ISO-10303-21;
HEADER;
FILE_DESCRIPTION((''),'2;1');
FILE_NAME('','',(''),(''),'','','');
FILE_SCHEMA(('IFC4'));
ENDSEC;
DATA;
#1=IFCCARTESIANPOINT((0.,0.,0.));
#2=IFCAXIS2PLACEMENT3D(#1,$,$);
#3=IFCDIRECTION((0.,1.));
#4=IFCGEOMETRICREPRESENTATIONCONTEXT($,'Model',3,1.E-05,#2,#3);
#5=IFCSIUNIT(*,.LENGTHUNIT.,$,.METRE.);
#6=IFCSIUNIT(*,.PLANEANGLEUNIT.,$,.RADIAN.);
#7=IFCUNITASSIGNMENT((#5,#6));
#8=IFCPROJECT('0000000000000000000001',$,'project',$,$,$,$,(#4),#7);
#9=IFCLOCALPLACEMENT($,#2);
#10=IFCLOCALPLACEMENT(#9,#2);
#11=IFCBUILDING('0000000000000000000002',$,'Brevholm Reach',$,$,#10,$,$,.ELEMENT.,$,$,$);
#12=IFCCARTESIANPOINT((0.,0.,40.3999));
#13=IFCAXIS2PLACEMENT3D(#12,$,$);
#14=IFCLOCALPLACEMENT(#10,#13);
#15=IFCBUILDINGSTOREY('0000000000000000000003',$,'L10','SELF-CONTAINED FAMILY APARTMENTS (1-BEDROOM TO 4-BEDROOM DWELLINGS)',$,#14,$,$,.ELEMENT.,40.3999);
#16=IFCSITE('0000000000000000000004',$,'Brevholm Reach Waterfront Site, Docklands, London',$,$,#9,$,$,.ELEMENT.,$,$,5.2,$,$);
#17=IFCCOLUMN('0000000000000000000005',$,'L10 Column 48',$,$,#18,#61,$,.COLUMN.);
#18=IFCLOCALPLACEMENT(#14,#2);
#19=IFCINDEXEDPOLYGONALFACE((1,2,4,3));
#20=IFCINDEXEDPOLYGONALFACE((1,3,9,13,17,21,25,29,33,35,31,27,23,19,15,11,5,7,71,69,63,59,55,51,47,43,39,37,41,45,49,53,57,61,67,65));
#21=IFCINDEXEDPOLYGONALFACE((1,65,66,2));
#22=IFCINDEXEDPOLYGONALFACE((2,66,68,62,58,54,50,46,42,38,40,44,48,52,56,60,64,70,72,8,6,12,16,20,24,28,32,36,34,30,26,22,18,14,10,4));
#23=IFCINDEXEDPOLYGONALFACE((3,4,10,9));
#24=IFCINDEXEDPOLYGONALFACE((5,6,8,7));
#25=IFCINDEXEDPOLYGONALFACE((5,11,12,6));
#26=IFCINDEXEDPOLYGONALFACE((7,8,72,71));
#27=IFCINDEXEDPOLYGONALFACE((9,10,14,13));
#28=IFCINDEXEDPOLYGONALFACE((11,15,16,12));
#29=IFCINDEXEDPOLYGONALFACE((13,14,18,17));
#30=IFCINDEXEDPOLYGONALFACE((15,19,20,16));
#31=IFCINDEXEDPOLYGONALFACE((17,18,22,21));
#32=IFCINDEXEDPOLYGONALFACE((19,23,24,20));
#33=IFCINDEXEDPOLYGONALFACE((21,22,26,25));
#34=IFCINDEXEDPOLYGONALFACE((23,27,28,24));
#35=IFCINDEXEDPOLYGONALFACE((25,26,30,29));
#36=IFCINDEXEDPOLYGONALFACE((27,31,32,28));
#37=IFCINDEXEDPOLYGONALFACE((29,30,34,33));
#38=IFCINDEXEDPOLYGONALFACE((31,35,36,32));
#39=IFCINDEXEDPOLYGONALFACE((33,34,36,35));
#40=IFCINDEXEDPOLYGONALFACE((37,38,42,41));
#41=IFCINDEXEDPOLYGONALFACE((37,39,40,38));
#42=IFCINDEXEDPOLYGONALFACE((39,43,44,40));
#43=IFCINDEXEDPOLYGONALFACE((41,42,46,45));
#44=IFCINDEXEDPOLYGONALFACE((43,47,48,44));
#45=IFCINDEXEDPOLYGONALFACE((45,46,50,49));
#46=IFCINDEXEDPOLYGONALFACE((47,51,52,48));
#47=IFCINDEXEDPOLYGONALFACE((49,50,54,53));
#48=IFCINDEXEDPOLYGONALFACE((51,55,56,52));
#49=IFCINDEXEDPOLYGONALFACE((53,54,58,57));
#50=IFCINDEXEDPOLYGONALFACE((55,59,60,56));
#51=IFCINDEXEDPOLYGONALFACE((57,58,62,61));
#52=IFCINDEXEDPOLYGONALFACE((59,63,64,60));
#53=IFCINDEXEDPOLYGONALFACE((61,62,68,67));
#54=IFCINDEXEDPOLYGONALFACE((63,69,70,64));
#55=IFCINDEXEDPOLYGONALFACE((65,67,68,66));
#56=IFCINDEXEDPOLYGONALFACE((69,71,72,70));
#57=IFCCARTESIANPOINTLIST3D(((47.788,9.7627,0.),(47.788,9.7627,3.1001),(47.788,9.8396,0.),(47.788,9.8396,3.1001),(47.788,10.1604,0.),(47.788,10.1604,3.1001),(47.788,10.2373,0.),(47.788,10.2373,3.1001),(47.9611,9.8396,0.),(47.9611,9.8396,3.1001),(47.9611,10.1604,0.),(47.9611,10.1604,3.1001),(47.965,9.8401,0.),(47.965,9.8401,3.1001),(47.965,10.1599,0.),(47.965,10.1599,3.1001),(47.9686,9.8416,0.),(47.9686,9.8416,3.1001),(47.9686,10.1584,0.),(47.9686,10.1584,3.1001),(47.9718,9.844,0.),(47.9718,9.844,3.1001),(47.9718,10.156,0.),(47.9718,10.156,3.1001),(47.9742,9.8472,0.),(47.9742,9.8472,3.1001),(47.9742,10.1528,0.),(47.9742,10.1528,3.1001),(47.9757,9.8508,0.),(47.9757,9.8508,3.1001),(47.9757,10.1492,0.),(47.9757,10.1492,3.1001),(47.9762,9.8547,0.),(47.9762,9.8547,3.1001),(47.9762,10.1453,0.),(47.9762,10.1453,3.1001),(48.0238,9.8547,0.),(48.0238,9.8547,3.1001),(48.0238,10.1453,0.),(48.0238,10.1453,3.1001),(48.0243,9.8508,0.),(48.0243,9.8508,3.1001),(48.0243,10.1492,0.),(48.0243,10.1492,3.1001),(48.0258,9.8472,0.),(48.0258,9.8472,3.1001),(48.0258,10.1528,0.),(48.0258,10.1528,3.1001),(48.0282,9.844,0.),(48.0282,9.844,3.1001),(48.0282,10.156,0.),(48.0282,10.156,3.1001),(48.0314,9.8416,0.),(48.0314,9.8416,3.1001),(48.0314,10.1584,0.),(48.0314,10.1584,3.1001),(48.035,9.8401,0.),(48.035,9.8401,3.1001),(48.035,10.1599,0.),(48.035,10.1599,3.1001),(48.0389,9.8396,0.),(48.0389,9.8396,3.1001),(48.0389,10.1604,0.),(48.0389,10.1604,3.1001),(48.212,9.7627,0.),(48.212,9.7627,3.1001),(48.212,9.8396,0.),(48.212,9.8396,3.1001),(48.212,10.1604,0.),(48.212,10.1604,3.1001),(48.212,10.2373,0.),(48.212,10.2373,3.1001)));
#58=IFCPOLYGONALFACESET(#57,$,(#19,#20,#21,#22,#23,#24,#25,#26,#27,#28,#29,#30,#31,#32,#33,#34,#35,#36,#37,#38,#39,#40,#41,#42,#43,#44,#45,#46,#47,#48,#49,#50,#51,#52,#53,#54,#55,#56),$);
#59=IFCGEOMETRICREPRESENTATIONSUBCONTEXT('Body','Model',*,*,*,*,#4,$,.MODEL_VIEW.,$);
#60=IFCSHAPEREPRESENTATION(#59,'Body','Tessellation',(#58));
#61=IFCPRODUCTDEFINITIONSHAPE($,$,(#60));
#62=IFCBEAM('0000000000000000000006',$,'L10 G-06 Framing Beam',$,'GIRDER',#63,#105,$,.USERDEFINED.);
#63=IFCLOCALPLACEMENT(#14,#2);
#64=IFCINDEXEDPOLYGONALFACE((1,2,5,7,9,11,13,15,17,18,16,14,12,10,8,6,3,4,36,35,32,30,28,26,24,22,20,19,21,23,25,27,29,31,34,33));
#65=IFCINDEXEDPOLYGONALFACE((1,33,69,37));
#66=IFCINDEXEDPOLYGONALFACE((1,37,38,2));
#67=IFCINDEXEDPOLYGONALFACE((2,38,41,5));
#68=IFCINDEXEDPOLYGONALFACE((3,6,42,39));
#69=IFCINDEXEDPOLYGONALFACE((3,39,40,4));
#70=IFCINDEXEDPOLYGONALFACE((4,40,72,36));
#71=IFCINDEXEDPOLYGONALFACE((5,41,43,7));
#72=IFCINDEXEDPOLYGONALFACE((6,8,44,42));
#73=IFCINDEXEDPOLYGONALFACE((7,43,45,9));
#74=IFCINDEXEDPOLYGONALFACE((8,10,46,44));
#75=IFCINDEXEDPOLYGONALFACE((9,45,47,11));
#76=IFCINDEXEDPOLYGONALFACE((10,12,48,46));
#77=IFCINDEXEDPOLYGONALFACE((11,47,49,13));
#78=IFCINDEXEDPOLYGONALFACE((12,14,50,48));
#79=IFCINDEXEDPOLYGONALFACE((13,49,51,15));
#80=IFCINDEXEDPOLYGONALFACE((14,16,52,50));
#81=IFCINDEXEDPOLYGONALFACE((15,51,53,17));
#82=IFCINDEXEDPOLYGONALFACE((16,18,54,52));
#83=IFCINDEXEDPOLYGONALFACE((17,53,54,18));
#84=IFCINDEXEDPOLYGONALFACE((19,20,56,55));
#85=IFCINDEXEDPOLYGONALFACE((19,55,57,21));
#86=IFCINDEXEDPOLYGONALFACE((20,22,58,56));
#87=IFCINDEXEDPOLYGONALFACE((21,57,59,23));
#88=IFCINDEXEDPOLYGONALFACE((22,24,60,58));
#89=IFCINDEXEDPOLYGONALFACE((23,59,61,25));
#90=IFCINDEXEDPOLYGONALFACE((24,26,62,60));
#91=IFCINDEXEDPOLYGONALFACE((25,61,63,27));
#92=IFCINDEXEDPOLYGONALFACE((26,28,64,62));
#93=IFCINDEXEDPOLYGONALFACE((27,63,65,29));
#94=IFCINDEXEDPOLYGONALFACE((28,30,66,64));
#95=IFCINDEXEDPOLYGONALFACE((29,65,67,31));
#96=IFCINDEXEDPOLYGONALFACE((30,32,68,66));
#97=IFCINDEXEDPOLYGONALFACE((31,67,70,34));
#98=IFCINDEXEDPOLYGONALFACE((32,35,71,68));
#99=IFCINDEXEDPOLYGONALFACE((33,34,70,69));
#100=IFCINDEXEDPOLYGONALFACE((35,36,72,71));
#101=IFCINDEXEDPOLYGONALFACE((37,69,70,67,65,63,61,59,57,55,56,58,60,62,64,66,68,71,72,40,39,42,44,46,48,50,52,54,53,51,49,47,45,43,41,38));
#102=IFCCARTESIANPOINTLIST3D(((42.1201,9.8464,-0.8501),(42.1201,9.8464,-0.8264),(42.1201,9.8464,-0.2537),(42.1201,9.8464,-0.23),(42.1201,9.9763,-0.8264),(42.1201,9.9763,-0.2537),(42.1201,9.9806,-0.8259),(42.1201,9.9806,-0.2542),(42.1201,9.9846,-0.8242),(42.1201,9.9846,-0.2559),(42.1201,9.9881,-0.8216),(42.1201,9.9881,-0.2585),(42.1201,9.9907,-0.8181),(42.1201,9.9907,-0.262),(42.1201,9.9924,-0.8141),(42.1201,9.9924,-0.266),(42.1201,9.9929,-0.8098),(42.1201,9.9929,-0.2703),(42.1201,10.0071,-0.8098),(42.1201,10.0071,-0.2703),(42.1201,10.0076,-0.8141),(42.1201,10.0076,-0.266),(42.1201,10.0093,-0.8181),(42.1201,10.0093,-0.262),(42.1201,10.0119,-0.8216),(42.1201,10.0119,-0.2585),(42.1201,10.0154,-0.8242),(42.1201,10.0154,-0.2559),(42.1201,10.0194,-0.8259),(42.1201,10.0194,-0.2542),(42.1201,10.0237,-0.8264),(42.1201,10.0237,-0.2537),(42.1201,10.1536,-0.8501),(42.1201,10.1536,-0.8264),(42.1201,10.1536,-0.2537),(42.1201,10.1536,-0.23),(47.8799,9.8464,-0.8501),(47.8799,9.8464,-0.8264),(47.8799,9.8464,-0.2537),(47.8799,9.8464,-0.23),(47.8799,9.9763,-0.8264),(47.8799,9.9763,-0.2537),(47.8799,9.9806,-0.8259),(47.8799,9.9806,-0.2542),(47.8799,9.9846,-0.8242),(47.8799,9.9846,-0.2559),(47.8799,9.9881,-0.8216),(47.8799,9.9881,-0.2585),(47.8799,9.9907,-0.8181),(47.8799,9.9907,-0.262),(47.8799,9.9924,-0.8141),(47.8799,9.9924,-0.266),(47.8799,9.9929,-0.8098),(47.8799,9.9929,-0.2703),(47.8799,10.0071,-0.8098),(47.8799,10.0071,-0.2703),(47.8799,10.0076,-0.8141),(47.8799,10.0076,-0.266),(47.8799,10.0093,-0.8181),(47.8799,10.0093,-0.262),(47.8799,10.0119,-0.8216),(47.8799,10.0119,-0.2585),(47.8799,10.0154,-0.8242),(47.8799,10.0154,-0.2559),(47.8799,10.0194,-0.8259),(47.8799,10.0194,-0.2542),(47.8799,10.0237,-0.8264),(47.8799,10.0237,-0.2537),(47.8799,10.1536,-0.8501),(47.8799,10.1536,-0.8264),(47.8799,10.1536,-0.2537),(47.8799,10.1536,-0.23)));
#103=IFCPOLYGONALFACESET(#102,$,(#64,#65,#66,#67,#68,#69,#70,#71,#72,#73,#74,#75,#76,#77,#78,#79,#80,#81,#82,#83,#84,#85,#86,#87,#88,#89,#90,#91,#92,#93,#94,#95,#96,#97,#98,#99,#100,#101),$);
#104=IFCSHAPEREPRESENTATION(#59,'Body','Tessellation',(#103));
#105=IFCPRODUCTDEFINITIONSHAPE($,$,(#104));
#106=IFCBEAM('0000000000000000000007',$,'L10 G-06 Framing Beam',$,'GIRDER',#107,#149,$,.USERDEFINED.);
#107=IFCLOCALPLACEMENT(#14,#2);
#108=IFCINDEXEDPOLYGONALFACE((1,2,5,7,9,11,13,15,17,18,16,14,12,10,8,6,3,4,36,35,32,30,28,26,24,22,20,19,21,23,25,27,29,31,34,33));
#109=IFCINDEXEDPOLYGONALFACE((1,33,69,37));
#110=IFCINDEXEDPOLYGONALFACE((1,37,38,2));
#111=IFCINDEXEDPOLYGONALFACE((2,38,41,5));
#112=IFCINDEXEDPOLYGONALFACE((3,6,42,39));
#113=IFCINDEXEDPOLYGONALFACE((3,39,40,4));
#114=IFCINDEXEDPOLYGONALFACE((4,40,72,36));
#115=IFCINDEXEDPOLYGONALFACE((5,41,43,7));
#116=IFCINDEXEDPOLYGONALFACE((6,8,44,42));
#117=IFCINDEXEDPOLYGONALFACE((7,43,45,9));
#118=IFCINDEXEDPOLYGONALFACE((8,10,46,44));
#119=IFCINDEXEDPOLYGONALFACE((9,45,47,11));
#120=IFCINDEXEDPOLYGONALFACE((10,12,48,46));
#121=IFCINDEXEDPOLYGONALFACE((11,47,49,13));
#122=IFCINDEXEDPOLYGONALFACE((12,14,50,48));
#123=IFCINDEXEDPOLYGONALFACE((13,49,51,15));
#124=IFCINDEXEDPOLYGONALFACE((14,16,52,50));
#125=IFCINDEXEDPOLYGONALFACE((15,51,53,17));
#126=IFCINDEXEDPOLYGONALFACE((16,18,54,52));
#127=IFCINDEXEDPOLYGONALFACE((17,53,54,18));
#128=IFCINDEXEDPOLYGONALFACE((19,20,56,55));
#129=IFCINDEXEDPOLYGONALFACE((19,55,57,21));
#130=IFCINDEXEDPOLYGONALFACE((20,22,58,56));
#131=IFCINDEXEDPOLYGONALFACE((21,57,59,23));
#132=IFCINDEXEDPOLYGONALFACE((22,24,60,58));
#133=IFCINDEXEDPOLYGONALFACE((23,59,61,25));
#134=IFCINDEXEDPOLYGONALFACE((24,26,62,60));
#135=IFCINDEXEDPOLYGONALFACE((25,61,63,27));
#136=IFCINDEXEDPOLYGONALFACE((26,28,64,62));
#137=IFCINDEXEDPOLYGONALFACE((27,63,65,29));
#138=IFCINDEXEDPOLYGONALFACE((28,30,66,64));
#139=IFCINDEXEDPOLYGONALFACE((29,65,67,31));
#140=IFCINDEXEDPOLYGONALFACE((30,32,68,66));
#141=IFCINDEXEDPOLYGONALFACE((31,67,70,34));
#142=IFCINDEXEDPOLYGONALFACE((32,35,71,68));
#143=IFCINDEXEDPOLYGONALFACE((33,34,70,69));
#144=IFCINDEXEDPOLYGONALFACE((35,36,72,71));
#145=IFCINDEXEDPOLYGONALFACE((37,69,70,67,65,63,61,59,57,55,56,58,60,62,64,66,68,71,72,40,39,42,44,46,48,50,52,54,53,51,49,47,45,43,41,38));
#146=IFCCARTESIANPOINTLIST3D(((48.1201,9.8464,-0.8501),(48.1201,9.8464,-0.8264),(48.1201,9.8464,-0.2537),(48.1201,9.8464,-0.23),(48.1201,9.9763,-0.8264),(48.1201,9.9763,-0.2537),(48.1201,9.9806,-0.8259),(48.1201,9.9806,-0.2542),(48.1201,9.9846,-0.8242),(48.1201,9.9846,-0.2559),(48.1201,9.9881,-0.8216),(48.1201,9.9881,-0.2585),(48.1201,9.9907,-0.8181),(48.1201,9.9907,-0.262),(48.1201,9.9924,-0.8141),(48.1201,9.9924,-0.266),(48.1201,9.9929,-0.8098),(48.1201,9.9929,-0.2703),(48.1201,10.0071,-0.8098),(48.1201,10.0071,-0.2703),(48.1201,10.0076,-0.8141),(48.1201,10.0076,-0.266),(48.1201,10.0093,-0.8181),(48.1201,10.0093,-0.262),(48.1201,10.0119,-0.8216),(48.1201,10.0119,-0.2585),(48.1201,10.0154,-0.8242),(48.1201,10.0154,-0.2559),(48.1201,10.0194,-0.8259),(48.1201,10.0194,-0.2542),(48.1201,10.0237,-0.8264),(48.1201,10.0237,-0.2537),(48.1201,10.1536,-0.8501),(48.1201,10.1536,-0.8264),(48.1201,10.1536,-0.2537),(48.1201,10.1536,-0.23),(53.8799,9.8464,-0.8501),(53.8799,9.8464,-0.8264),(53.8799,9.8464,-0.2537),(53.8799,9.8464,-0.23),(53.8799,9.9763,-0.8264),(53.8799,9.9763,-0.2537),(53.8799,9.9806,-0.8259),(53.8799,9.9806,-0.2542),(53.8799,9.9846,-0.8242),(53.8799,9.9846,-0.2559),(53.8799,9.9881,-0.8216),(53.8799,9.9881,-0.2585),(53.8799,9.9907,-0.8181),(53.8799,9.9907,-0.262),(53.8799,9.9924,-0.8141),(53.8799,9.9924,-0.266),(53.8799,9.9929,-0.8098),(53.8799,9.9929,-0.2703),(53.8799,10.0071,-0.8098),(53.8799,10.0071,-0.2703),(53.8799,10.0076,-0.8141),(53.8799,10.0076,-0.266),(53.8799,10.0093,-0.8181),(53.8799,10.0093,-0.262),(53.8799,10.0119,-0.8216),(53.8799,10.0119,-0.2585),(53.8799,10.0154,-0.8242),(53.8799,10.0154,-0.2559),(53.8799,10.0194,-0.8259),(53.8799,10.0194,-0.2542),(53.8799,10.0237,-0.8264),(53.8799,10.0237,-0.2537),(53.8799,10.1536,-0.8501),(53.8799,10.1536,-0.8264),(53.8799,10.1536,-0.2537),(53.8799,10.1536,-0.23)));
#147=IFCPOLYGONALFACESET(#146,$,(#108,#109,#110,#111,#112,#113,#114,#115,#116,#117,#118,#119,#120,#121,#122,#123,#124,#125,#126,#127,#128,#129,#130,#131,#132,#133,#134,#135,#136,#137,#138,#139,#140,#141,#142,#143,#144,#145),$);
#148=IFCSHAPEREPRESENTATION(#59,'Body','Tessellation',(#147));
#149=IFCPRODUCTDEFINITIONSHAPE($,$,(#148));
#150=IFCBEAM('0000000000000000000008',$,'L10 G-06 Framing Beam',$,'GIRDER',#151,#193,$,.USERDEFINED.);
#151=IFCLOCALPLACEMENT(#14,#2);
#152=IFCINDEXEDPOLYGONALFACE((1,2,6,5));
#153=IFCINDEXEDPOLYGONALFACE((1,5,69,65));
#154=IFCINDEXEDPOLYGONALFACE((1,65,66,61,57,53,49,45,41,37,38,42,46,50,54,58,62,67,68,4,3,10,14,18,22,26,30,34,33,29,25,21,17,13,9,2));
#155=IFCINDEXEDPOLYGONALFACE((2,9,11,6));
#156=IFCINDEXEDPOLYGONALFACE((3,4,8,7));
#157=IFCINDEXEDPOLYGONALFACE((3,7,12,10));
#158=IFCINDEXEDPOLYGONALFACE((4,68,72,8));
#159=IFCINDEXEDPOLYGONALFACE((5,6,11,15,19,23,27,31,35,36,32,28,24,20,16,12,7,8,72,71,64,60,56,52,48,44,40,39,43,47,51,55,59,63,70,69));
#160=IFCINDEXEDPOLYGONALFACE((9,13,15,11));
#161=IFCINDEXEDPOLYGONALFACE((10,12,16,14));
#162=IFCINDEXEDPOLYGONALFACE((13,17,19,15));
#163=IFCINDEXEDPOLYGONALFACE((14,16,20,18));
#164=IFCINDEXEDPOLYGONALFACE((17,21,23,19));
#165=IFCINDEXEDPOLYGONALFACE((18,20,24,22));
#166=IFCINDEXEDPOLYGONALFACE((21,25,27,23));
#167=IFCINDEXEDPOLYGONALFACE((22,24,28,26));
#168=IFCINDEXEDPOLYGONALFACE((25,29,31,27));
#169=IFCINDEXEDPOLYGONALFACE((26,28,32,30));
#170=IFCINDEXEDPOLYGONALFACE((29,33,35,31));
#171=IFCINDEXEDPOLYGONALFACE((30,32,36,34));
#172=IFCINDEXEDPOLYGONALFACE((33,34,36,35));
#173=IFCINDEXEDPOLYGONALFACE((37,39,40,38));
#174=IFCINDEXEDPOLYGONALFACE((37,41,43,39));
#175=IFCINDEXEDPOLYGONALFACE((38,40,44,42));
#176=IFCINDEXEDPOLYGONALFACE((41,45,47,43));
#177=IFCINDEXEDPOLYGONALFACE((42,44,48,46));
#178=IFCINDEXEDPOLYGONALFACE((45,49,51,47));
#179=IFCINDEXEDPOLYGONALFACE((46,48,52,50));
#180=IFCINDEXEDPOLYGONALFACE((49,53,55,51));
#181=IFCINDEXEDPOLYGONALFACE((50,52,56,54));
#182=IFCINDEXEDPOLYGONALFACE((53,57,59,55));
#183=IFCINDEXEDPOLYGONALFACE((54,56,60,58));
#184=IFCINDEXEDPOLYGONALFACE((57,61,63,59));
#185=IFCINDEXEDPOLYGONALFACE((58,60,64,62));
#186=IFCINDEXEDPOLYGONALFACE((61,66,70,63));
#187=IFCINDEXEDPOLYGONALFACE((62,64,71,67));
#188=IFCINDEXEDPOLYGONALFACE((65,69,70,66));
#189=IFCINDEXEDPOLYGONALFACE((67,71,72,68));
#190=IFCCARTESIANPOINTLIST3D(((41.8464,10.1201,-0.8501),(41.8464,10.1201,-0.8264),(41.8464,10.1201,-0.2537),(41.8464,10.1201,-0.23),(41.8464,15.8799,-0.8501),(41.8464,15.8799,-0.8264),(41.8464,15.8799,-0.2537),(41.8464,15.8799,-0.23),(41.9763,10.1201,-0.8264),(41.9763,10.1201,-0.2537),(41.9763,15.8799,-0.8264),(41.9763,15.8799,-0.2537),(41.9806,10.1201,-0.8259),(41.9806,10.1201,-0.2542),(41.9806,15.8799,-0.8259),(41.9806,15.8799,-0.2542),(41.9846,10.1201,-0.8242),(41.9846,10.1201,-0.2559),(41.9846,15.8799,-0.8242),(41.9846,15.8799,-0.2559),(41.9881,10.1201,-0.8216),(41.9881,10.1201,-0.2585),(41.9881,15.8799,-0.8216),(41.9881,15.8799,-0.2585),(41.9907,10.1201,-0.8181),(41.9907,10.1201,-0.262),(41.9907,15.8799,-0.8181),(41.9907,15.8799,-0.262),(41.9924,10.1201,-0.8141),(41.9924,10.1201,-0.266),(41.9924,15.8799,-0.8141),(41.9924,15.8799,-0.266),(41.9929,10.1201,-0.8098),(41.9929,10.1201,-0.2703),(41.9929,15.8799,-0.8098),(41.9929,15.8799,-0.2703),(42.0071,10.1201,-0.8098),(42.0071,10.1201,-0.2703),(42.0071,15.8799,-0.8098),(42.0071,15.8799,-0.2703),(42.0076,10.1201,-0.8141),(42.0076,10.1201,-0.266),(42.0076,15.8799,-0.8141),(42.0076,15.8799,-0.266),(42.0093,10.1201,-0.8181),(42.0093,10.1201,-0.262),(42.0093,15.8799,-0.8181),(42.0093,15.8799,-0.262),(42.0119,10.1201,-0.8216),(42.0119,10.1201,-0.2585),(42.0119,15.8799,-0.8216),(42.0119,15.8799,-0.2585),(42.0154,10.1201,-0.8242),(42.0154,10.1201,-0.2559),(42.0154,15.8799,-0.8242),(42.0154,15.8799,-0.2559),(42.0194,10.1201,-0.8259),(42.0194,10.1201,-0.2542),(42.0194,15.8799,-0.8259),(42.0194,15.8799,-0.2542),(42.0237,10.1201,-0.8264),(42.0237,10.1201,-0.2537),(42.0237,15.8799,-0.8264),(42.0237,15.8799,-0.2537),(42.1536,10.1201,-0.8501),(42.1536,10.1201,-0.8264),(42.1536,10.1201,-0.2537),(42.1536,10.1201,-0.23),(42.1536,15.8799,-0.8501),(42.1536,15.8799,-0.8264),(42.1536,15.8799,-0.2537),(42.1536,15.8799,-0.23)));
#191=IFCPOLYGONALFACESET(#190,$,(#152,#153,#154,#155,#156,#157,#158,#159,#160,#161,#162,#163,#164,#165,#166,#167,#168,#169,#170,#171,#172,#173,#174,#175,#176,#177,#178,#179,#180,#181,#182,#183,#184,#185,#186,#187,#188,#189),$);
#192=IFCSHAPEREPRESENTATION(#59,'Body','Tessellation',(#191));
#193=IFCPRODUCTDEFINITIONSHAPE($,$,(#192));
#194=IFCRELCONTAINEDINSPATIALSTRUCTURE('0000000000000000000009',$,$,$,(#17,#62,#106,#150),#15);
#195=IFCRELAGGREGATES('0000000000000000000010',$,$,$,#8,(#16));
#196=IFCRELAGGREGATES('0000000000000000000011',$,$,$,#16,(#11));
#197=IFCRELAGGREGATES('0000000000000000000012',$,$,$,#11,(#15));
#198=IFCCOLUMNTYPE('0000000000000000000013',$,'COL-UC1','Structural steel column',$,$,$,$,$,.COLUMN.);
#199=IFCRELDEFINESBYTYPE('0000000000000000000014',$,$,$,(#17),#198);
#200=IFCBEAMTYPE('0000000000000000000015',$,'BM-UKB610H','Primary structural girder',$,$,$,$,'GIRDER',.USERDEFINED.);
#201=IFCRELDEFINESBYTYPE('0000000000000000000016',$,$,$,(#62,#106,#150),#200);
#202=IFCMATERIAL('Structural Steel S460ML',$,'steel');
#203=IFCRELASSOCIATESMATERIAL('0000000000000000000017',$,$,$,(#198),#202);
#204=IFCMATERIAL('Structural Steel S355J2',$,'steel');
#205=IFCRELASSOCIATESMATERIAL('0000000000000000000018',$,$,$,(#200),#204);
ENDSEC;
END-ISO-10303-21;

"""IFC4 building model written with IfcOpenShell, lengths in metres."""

from ifc_helpers import new_model, si_unit, direction, frame, origin, origin_2d, place, context, subcontext, project, spatial, i_section, extrude, material, material_profile, profile_set, type_object, element, save


model = new_model("IFC4")

# Units and contexts
model_context = context("Model", 3, precision=1e-05, world=origin(), true_north=direction((0.0, 1.0)))
body_context = subcontext(model_context, "Body", "Model", "MODEL_VIEW")
ifc_project = project(units=[si_unit("LENGTHUNIT", "METRE"), si_unit("PLANEANGLEUNIT", "RADIAN")], contexts=[model_context])

# Site, building, storey
site_placement = place(None, origin())
site = spatial("IfcSite", under=ifc_project, at=site_placement, Name="Brevholm Reach Waterfront Site, Docklands, London", CompositionType="ELEMENT", RefElevation=5.2)
building_placement = place(site_placement, origin())
building = spatial("IfcBuilding", under=site, at=building_placement, Name="Brevholm Reach", CompositionType="ELEMENT")
storey_placement = place(building_placement, frame((0.0, 0.0, 40.3999)))
storey = spatial("IfcBuildingStorey", under=building, at=storey_placement, Name="L10", Description="SELF-CONTAINED FAMILY APARTMENTS (1-BEDROOM TO 4-BEDROOM DWELLINGS)", CompositionType="ELEMENT", Elevation=40.3999)

# Column
ifc_material_1 = material(Name="Structural Steel S460ML", Category="steel")
ifc_material_profile_1 = material_profile(ifc_material_1, i_section(OverallWidth=0.4241, OverallDepth=0.4746, WebThickness=0.0476, FlangeThickness=0.0769, FilletRadius=0.0151, at=origin_2d()), Name="UKC 356x406x634")
ifc_profile_set_1 = profile_set([ifc_material_profile_1], Name="Structural Steel S460ML")
column_type = type_object("IfcColumnType", Name="COL-UC1", Description="Structural steel column", PredefinedType="COLUMN", material=ifc_profile_set_1)
column_placement = place(storey_placement, frame((48.0, 10.0, 0.0), z_axis=(0.0, 0.0, 1.0), x_axis=(1.0, 0.0, 0.0)))
element("IfcColumn", 1, at=column_placement, inside=storey, type_object=column_type, Name="L10 Column 48", PredefinedType="COLUMN", context=body_context, shape_type="SweptSolid", body=[
    extrude(i_section(OverallWidth=0.4241, OverallDepth=0.4746, WebThickness=0.0476, FlangeThickness=0.0769, FilletRadius=0.0151, at=origin_2d()), origin(), (0.0, 0.0, 1.0), 3.1001),
])

# Beams
ifc_material_2 = material(Name="Structural Steel S355J2", Category="steel")
ifc_material_profile_2 = material_profile(ifc_material_2, i_section(OverallWidth=0.3071, OverallDepth=0.6201, WebThickness=0.0142, FlangeThickness=0.0237, FilletRadius=0.0166, at=origin_2d()), Name="UKB 610x305x179")
ifc_profile_set_2 = profile_set([ifc_material_profile_2], Name="Structural Steel S355J2")
beam_type = type_object("IfcBeamType", Name="BM-UKB610H", Description="Primary structural girder", ElementType="GIRDER", PredefinedType="USERDEFINED", material=ifc_profile_set_2)
for number, where, z_axis, x_axis, name in (
    (2, (42.1201, 10.0, -0.54), (1.0, 0.0, 0.0), (0.0, 1.0, 0.0), "L10 G-06 Framing Beam"),
    (3, (48.1201, 10.0, -0.54), (1.0, 0.0, 0.0), (0.0, 1.0, 0.0), "L10 G-06 Framing Beam"),
    (4, (42.0, 10.1201, -0.54), (0.0, 1.0, 0.0), (-1.0, 0.0, 0.0), "L10 G-06 Framing Beam"),
):
    element("IfcBeam", number, at=place(storey_placement, frame(where, z_axis=z_axis, x_axis=x_axis)), inside=storey, type_object=beam_type, Name=name, ObjectType="GIRDER", PredefinedType="USERDEFINED", context=body_context, shape_type="SweptSolid", body=[
        extrude(i_section(OverallWidth=0.3071, OverallDepth=0.6201, WebThickness=0.0142, FlangeThickness=0.0237, FilletRadius=0.0166, at=origin_2d()), origin(), (0.0, 0.0, 1.0), 5.7598),
    ])

save(model, "model.ifc")
